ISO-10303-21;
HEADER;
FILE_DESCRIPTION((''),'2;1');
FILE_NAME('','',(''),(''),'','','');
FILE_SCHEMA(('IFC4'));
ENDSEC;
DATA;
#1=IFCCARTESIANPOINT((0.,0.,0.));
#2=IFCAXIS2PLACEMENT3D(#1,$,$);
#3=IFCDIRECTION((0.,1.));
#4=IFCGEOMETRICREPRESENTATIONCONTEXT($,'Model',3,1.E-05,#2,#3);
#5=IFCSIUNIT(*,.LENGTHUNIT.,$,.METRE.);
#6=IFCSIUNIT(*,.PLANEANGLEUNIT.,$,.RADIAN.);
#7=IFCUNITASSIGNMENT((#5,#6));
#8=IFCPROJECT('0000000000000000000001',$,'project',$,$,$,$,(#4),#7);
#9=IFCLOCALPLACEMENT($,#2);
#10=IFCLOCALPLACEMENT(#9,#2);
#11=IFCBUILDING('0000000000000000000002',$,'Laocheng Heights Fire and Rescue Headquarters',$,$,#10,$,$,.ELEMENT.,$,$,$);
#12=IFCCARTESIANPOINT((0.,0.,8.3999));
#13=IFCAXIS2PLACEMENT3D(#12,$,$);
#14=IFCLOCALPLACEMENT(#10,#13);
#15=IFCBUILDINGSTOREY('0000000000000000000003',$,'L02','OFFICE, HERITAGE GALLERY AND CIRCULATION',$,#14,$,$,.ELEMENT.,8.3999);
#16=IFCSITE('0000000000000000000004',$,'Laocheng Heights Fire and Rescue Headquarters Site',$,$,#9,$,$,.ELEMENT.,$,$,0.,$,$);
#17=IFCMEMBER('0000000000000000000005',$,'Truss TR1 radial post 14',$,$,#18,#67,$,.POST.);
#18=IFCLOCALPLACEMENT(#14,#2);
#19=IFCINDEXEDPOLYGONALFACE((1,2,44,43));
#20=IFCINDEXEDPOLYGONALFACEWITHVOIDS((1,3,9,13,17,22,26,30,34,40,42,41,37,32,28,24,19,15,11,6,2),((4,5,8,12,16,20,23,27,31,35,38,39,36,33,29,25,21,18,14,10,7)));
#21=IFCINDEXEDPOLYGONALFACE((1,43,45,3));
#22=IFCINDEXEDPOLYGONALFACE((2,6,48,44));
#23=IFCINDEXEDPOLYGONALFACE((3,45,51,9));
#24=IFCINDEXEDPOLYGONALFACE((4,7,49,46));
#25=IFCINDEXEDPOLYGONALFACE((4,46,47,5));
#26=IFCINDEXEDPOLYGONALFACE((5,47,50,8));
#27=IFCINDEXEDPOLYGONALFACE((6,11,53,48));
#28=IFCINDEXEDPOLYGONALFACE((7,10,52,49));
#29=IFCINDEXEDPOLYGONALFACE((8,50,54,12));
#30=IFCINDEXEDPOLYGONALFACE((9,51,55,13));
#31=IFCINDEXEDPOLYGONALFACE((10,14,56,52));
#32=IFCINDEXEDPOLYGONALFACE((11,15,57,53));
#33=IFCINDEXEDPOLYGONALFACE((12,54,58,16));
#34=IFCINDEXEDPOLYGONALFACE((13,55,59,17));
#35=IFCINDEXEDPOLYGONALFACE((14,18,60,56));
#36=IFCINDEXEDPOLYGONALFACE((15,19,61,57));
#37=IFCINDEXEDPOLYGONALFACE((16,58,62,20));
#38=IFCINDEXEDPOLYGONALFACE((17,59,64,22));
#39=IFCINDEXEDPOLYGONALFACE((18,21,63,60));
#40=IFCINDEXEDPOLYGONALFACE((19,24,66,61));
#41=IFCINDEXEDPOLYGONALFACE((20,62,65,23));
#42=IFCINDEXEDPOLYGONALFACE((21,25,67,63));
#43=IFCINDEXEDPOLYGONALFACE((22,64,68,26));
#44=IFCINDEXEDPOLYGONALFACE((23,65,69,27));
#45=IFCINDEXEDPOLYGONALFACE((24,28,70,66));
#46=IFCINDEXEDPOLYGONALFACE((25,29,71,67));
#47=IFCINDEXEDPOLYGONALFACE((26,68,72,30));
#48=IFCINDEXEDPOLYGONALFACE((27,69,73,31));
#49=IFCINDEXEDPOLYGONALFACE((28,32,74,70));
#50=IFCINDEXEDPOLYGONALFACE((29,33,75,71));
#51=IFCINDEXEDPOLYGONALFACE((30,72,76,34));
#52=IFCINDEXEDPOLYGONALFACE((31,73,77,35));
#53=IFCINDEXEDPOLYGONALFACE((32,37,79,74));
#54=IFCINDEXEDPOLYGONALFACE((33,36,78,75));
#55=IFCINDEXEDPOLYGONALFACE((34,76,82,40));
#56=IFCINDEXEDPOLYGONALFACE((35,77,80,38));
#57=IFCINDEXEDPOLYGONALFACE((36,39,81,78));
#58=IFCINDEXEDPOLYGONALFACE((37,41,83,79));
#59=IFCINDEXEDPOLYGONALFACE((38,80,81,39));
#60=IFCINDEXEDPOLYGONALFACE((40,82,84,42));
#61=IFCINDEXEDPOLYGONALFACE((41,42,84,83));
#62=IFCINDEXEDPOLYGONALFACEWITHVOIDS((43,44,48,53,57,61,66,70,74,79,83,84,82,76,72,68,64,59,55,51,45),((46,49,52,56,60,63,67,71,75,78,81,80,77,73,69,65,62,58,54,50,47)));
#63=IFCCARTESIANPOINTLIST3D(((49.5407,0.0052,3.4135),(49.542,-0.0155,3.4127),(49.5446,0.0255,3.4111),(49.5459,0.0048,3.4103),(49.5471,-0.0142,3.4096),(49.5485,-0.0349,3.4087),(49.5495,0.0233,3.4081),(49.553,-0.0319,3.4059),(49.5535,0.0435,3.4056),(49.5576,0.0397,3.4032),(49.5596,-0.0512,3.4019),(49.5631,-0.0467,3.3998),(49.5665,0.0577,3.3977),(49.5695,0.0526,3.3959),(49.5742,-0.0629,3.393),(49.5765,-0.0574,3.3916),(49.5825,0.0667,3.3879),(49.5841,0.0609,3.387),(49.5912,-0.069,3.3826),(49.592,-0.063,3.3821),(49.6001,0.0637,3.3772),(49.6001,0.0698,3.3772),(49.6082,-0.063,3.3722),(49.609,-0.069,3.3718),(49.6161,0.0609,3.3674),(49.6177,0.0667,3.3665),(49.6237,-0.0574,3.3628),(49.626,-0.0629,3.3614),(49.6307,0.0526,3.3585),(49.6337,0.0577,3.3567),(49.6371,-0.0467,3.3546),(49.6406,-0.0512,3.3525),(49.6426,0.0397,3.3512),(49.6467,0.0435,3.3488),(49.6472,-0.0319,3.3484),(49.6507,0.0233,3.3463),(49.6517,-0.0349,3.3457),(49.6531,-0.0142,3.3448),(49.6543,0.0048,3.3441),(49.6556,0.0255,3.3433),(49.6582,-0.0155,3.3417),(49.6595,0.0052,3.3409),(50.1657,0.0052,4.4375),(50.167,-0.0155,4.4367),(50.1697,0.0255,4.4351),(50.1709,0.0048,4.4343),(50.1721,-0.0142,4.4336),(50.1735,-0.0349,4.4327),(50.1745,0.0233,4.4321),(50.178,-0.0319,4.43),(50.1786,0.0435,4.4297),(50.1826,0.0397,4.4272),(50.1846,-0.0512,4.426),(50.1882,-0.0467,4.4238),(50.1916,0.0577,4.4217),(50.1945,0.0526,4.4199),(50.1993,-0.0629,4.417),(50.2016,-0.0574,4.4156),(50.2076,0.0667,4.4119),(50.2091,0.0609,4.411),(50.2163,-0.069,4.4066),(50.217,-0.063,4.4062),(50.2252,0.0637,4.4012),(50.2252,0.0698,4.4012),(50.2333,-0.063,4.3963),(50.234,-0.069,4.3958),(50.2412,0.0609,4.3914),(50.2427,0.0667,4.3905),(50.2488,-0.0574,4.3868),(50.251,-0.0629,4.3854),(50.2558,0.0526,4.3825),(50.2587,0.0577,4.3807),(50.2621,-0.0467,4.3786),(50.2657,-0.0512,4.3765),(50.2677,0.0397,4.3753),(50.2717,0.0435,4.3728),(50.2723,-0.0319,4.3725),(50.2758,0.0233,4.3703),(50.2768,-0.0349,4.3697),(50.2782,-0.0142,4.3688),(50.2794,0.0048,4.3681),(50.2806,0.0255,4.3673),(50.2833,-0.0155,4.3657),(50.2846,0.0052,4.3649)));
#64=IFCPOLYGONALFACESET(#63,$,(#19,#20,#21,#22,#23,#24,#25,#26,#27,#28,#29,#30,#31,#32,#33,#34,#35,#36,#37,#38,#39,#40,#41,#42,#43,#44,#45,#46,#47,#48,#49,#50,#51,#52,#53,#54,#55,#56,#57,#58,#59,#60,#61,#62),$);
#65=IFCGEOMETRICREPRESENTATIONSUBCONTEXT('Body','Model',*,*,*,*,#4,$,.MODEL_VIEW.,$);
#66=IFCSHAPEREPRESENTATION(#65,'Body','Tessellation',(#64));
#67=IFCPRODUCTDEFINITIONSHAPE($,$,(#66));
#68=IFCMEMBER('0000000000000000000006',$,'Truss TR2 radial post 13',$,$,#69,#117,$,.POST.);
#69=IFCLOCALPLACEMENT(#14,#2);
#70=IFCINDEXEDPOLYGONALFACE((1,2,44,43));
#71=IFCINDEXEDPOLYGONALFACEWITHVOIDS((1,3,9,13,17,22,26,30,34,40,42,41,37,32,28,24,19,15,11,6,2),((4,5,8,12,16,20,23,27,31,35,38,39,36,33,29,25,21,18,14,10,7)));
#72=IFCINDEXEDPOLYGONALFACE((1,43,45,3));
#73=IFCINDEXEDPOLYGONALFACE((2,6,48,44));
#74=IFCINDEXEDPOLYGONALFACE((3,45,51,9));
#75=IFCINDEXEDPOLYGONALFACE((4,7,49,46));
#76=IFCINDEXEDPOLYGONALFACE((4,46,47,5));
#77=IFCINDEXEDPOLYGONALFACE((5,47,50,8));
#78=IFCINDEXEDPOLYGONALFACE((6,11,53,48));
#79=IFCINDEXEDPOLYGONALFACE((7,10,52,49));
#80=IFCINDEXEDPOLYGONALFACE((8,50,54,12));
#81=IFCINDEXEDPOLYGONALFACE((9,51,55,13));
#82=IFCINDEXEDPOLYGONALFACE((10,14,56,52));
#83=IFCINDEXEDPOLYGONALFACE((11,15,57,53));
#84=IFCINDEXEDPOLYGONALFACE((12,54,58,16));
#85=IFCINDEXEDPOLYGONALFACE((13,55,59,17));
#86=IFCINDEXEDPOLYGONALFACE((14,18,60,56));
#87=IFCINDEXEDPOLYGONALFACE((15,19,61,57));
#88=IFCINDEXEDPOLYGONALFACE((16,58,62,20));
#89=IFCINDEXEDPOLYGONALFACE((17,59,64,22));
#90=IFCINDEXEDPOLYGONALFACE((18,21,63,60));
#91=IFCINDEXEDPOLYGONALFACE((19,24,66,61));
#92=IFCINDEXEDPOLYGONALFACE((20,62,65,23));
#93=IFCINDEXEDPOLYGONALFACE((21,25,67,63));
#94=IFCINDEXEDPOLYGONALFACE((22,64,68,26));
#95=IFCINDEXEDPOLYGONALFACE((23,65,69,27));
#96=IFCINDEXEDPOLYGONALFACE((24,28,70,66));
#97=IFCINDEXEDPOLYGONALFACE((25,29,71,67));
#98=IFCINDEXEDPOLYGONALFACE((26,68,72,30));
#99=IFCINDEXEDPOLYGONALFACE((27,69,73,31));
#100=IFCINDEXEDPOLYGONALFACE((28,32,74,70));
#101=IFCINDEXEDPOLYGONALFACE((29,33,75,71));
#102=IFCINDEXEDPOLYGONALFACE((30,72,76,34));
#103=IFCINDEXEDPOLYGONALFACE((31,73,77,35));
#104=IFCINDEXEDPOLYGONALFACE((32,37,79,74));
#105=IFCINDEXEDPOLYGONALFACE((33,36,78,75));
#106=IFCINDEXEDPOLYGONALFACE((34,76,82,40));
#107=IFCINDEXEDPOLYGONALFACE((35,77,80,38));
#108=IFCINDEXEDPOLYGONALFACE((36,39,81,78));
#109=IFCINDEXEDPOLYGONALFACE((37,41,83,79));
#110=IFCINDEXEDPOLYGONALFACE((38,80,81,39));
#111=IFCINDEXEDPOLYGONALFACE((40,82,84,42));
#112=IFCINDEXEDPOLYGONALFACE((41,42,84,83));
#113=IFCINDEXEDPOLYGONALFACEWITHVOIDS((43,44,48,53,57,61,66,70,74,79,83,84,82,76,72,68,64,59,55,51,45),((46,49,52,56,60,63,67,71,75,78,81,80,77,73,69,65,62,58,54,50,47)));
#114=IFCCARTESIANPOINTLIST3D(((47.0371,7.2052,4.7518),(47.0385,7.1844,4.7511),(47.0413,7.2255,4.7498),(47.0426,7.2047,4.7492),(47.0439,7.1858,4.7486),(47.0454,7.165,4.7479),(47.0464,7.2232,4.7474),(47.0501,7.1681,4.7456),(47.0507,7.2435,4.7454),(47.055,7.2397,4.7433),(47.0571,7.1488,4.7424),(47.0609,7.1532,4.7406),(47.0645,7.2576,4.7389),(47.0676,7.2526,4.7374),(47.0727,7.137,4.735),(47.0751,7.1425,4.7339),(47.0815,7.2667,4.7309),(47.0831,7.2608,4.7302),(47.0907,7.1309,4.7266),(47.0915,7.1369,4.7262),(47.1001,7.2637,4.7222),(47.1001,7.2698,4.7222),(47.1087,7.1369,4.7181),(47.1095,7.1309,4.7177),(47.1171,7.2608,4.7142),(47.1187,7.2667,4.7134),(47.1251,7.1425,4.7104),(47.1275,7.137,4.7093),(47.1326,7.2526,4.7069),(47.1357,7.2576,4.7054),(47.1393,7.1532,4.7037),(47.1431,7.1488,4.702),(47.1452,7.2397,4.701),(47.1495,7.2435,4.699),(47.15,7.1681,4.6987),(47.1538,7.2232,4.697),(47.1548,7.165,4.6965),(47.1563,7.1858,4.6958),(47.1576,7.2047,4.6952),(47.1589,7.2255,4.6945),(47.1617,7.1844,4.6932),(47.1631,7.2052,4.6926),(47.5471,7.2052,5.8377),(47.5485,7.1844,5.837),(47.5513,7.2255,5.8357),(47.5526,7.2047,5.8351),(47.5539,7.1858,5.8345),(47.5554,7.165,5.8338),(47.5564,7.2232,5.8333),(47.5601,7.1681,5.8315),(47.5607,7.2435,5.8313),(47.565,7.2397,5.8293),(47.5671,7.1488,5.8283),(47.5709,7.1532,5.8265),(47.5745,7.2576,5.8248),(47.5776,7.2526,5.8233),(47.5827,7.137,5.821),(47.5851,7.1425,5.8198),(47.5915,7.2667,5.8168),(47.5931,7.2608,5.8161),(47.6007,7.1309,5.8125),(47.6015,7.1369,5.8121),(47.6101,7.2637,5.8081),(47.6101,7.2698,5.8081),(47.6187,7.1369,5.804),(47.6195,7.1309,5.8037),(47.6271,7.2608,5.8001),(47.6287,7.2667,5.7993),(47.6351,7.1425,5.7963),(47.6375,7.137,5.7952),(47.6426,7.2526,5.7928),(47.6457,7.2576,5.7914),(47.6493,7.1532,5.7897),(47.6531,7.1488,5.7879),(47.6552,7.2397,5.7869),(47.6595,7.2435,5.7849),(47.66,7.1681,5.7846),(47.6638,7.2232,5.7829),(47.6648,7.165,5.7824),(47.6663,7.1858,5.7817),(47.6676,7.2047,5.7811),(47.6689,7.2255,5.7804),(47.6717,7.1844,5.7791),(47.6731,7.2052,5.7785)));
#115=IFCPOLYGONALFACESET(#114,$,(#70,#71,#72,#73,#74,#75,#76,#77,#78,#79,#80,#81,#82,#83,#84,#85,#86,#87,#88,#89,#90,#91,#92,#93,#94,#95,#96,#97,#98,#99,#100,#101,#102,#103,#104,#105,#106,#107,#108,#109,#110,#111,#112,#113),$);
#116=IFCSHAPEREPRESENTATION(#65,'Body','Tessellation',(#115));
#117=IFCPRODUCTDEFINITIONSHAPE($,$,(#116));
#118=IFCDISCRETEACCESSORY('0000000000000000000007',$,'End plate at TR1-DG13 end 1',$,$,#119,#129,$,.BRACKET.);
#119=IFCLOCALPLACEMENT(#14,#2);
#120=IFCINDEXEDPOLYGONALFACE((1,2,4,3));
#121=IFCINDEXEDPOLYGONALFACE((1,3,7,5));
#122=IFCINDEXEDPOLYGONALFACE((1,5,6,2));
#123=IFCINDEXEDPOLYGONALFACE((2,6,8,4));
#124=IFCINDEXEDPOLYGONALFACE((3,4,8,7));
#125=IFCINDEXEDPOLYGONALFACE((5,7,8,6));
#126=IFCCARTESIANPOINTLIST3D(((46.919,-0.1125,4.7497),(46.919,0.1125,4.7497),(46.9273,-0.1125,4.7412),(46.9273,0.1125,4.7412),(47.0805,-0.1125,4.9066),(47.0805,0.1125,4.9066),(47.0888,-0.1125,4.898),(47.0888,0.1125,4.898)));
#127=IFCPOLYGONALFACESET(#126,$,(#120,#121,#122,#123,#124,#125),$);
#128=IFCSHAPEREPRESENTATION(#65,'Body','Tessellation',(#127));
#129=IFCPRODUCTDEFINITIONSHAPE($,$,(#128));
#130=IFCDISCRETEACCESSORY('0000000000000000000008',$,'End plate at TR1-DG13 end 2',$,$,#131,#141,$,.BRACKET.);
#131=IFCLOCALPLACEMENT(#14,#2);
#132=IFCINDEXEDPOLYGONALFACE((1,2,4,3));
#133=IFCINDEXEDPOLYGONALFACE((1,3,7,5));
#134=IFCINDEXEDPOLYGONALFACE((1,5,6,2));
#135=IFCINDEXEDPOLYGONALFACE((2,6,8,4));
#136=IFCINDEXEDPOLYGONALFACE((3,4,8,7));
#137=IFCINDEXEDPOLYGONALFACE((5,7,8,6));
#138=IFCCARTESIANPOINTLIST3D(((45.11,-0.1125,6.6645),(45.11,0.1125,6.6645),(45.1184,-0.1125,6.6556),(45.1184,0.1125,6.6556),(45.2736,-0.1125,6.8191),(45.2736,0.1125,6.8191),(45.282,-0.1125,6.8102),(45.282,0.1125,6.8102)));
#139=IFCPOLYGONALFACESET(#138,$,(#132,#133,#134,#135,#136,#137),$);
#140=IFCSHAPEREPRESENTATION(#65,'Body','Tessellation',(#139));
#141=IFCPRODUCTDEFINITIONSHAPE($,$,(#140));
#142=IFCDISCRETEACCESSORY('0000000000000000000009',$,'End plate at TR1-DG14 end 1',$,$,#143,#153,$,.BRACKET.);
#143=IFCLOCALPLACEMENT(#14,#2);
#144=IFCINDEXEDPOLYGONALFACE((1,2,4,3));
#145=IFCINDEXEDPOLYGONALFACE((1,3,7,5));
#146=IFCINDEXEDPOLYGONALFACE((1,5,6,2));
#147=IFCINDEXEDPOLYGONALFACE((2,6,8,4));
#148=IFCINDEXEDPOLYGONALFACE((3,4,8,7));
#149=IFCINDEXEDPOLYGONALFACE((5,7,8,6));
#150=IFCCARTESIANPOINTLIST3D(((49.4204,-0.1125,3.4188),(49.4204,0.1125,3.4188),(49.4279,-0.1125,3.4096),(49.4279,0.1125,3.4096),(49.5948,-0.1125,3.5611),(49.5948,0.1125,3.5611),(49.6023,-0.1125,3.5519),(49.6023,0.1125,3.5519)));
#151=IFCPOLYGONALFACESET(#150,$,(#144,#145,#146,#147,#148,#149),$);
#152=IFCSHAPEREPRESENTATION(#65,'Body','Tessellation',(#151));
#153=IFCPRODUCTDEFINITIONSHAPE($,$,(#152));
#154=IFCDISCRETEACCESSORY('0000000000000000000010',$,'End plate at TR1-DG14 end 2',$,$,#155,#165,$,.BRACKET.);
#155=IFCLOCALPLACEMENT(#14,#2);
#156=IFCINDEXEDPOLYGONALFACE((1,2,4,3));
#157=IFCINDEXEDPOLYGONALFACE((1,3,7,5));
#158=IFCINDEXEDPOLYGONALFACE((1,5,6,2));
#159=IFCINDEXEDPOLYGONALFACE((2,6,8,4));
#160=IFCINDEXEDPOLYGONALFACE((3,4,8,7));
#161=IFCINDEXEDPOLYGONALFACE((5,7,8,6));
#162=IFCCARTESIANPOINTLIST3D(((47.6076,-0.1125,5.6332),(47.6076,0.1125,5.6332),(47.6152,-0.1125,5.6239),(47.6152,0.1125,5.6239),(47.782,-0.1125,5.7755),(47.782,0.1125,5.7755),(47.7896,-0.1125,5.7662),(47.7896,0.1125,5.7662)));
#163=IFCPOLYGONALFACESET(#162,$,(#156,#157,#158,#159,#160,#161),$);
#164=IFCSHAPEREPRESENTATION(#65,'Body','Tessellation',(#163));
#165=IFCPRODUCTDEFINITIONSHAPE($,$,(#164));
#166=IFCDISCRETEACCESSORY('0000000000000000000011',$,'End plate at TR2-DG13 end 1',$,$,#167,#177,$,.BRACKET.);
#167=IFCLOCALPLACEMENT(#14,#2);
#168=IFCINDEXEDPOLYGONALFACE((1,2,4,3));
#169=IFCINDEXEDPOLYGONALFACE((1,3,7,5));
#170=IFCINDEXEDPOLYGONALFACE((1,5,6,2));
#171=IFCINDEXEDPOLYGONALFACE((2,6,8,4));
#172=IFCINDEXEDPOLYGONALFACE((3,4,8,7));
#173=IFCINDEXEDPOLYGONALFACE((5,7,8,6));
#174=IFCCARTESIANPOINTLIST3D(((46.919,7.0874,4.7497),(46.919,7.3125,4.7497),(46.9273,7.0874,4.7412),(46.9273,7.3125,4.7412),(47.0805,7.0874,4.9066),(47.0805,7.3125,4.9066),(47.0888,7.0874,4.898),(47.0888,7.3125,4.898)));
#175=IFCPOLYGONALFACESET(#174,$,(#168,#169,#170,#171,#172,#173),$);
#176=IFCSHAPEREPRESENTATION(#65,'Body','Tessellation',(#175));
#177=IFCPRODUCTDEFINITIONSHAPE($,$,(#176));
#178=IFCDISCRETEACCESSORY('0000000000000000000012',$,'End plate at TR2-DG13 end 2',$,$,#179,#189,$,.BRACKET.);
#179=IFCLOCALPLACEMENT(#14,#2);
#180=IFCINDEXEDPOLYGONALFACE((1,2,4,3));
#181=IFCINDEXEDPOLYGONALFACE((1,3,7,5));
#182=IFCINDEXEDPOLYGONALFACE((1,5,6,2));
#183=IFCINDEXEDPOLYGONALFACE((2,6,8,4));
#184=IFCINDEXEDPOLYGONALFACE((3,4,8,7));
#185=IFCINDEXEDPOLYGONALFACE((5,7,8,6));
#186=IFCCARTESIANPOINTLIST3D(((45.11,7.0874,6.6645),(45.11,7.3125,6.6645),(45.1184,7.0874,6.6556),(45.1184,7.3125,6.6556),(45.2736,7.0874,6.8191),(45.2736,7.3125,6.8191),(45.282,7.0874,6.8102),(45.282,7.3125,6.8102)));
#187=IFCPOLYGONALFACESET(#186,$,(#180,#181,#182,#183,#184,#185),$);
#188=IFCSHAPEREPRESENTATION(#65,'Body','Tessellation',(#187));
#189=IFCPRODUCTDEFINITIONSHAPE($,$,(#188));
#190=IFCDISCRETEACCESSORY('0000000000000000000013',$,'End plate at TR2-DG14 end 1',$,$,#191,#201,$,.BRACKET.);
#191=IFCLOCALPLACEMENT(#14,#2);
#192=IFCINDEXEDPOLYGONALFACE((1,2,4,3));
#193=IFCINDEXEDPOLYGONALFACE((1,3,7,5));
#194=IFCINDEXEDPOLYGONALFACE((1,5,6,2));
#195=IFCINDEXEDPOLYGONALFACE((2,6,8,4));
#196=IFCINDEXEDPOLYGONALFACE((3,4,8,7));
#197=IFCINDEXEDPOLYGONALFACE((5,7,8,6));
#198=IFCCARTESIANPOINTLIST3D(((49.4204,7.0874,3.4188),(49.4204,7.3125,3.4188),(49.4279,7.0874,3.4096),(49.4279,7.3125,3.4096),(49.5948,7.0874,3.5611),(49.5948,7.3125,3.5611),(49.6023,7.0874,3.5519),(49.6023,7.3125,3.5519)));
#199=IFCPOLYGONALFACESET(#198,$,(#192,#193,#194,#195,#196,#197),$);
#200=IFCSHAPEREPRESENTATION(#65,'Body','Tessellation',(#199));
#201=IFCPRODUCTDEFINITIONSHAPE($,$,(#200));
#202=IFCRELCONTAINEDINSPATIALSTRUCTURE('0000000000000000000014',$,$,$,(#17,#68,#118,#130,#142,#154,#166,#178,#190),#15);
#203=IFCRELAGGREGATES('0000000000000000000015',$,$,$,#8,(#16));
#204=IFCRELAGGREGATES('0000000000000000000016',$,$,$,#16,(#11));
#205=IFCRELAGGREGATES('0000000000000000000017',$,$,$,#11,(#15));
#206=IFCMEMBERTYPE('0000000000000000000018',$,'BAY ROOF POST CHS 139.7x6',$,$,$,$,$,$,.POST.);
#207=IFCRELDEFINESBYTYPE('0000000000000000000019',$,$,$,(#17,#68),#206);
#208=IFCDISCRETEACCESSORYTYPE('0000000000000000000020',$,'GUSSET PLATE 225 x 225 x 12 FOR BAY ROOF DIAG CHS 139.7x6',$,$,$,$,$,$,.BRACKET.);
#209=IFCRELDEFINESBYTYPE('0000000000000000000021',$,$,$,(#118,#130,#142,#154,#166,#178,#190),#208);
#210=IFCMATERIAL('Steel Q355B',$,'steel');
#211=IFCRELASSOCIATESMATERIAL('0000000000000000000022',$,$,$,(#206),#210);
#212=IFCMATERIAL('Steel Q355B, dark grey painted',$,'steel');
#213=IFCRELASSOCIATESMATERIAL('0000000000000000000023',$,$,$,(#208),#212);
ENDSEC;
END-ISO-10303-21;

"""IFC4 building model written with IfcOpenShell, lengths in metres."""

from ifc_helpers import new_model, si_unit, direction, frame, origin, origin_2d, place, context, subcontext, project, spatial, rectangle, hollow_circle, extrude, material, material_profile, profile_set, type_object, element, save


model = new_model("IFC4")

# Units and contexts
model_context = context("Model", 3, precision=1e-05, world=origin(), true_north=direction((0.0, 1.0)))
body_context = subcontext(model_context, "Body", "Model", "MODEL_VIEW")
ifc_project = project(units=[si_unit("LENGTHUNIT", "METRE"), si_unit("PLANEANGLEUNIT", "RADIAN")], contexts=[model_context])

# Site, building, storey
site_placement = place(None, origin())
site = spatial("IfcSite", under=ifc_project, at=site_placement, Name="Laocheng Heights Fire and Rescue Headquarters Site", CompositionType="ELEMENT", RefElevation=0.0)
building_placement = place(site_placement, origin())
building = spatial("IfcBuilding", under=site, at=building_placement, Name="Laocheng Heights Fire and Rescue Headquarters", CompositionType="ELEMENT")
storey_placement = place(building_placement, frame((0.0, 0.0, 8.3999)))
storey = spatial("IfcBuildingStorey", under=building, at=storey_placement, Name="L02", Description="OFFICE, HERITAGE GALLERY AND CIRCULATION", CompositionType="ELEMENT", Elevation=8.3999)

# Members
ifc_material_1 = material(Name="Steel Q355B", Category="steel")
ifc_material_profile_1 = material_profile(ifc_material_1, hollow_circle(Radius=0.0698, WallThickness=0.0061, at=origin_2d()), Name="CHS 139.7x6")
ifc_profile_set_1 = profile_set([ifc_material_profile_1], Name="Steel Q355B")
member_type_1 = type_object("IfcMemberType", Name="BAY ROOF POST CHS 139.7x6", PredefinedType="POST", material=ifc_profile_set_1)
for number, where, z_axis, x_axis, name in (
    (1, (49.6001, 0.0, 3.3772), (0.521005, 0.0, 0.853553), (0.0, 1.0, 0.0), "Truss TR1 radial post 14"),
    (2, (47.1001, 7.2, 4.7222), (0.425101, 0.0, 0.905146), (0.0, 1.0, 0.0), "Truss TR2 radial post 13"),
):
    element("IfcMember", number, at=place(storey_placement, frame(where, z_axis=z_axis, x_axis=x_axis)), inside=storey, type_object=member_type_1, Name=name, PredefinedType="POST", context=body_context, shape_type="SweptSolid", body=[
        extrude(hollow_circle(Radius=0.0698, WallThickness=0.0061, at=origin_2d()), origin(), (0.0, 0.0, 1.0), 1.1997),
    ])

# Discrete accessories
ifc_material_2 = material(Name="Steel Q355B, dark grey painted", Category="steel")
ifc_material_profile_2 = material_profile(ifc_material_2, rectangle(XDim=0.2251, YDim=0.2251, at=origin_2d()), Name="GUSSET PLATE 225 x 225 x 12 FOR BAY ROOF DIAG CHS 139.7x6")
ifc_profile_set_2 = profile_set([ifc_material_profile_2], Name="Steel Q355B, dark grey painted")
discrete_accessory_type_1 = type_object("IfcDiscreteAccessoryType", Name="GUSSET PLATE 225 x 225 x 12 FOR BAY ROOF DIAG CHS 139.7x6", PredefinedType="BRACKET", material=ifc_profile_set_2)
discrete_accessory_1_placement = place(storey_placement, frame((47.0081, 0.0, 4.8196), z_axis=(-0.696786, 0.0, 0.717279), x_axis=(0.0, -1.0, 0.0)))
element("IfcDiscreteAccessory", 3, at=discrete_accessory_1_placement, inside=storey, type_object=discrete_accessory_type_1, Name="End plate at TR1-DG13 end 1", PredefinedType="BRACKET", context=body_context, shape_type="SweptSolid", body=[
    extrude(rectangle(XDim=0.2251, YDim=0.2251, at=origin_2d()), origin(), (0.0, 0.0, 1.0), 0.012),
])
discrete_accessory_2_placement = place(storey_placement, frame((45.2002, 0.0, 6.7329), z_axis=(-0.686624, 0.0, 0.727013), x_axis=(0.0, -1.0, 0.0)))
element("IfcDiscreteAccessory", 4, at=discrete_accessory_2_placement, inside=storey, type_object=discrete_accessory_type_1, Name="End plate at TR1-DG13 end 2", PredefinedType="BRACKET", context=body_context, shape_type="SweptSolid", body=[
    extrude(rectangle(XDim=0.2251, YDim=0.2251, at=origin_2d()), origin(), (0.0, 0.0, 1.0), 0.0122),
])
for number, where, z_axis, x_axis, name in (
    (5, (49.5151, 0.0, 3.4807), (-0.632127, 0.0, 0.774865), (0.0, -1.0, 0.0), "End plate at TR1-DG14 end 1"),
    (6, (47.7024, 0.0, 5.6951), (-0.632127, 0.0, 0.774865), (0.0, -1.0, 0.0), "End plate at TR1-DG14 end 2"),
    (7, (47.0081, 7.2, 4.8196), (-0.696786, 0.0, 0.717279), (0.0, -1.0, 0.0), "End plate at TR2-DG13 end 1"),
):
    element("IfcDiscreteAccessory", number, at=place(storey_placement, frame(where, z_axis=z_axis, x_axis=x_axis)), inside=storey, type_object=discrete_accessory_type_1, Name=name, PredefinedType="BRACKET", context=body_context, shape_type="SweptSolid", body=[
        extrude(rectangle(XDim=0.2251, YDim=0.2251, at=origin_2d()), origin(), (0.0, 0.0, 1.0), 0.012),
    ])
discrete_accessory_3_placement = place(storey_placement, frame((45.2002, 7.2, 6.7329), z_axis=(-0.686624, 0.0, 0.727013), x_axis=(0.0, -1.0, 0.0)))
element("IfcDiscreteAccessory", 8, at=discrete_accessory_3_placement, inside=storey, type_object=discrete_accessory_type_1, Name="End plate at TR2-DG13 end 2", PredefinedType="BRACKET", context=body_context, shape_type="SweptSolid", body=[
    extrude(rectangle(XDim=0.2251, YDim=0.2251, at=origin_2d()), origin(), (0.0, 0.0, 1.0), 0.0122),
])
discrete_accessory_4_placement = place(storey_placement, frame((49.5151, 7.2, 3.4807), z_axis=(-0.632127, 0.0, 0.774865), x_axis=(0.0, -1.0, 0.0)))
element("IfcDiscreteAccessory", 9, at=discrete_accessory_4_placement, inside=storey, type_object=discrete_accessory_type_1, Name="End plate at TR2-DG14 end 1", PredefinedType="BRACKET", context=body_context, shape_type="SweptSolid", body=[
    extrude(rectangle(XDim=0.2251, YDim=0.2251, at=origin_2d()), origin(), (0.0, 0.0, 1.0), 0.012),
])

save(model, "model.ifc")
